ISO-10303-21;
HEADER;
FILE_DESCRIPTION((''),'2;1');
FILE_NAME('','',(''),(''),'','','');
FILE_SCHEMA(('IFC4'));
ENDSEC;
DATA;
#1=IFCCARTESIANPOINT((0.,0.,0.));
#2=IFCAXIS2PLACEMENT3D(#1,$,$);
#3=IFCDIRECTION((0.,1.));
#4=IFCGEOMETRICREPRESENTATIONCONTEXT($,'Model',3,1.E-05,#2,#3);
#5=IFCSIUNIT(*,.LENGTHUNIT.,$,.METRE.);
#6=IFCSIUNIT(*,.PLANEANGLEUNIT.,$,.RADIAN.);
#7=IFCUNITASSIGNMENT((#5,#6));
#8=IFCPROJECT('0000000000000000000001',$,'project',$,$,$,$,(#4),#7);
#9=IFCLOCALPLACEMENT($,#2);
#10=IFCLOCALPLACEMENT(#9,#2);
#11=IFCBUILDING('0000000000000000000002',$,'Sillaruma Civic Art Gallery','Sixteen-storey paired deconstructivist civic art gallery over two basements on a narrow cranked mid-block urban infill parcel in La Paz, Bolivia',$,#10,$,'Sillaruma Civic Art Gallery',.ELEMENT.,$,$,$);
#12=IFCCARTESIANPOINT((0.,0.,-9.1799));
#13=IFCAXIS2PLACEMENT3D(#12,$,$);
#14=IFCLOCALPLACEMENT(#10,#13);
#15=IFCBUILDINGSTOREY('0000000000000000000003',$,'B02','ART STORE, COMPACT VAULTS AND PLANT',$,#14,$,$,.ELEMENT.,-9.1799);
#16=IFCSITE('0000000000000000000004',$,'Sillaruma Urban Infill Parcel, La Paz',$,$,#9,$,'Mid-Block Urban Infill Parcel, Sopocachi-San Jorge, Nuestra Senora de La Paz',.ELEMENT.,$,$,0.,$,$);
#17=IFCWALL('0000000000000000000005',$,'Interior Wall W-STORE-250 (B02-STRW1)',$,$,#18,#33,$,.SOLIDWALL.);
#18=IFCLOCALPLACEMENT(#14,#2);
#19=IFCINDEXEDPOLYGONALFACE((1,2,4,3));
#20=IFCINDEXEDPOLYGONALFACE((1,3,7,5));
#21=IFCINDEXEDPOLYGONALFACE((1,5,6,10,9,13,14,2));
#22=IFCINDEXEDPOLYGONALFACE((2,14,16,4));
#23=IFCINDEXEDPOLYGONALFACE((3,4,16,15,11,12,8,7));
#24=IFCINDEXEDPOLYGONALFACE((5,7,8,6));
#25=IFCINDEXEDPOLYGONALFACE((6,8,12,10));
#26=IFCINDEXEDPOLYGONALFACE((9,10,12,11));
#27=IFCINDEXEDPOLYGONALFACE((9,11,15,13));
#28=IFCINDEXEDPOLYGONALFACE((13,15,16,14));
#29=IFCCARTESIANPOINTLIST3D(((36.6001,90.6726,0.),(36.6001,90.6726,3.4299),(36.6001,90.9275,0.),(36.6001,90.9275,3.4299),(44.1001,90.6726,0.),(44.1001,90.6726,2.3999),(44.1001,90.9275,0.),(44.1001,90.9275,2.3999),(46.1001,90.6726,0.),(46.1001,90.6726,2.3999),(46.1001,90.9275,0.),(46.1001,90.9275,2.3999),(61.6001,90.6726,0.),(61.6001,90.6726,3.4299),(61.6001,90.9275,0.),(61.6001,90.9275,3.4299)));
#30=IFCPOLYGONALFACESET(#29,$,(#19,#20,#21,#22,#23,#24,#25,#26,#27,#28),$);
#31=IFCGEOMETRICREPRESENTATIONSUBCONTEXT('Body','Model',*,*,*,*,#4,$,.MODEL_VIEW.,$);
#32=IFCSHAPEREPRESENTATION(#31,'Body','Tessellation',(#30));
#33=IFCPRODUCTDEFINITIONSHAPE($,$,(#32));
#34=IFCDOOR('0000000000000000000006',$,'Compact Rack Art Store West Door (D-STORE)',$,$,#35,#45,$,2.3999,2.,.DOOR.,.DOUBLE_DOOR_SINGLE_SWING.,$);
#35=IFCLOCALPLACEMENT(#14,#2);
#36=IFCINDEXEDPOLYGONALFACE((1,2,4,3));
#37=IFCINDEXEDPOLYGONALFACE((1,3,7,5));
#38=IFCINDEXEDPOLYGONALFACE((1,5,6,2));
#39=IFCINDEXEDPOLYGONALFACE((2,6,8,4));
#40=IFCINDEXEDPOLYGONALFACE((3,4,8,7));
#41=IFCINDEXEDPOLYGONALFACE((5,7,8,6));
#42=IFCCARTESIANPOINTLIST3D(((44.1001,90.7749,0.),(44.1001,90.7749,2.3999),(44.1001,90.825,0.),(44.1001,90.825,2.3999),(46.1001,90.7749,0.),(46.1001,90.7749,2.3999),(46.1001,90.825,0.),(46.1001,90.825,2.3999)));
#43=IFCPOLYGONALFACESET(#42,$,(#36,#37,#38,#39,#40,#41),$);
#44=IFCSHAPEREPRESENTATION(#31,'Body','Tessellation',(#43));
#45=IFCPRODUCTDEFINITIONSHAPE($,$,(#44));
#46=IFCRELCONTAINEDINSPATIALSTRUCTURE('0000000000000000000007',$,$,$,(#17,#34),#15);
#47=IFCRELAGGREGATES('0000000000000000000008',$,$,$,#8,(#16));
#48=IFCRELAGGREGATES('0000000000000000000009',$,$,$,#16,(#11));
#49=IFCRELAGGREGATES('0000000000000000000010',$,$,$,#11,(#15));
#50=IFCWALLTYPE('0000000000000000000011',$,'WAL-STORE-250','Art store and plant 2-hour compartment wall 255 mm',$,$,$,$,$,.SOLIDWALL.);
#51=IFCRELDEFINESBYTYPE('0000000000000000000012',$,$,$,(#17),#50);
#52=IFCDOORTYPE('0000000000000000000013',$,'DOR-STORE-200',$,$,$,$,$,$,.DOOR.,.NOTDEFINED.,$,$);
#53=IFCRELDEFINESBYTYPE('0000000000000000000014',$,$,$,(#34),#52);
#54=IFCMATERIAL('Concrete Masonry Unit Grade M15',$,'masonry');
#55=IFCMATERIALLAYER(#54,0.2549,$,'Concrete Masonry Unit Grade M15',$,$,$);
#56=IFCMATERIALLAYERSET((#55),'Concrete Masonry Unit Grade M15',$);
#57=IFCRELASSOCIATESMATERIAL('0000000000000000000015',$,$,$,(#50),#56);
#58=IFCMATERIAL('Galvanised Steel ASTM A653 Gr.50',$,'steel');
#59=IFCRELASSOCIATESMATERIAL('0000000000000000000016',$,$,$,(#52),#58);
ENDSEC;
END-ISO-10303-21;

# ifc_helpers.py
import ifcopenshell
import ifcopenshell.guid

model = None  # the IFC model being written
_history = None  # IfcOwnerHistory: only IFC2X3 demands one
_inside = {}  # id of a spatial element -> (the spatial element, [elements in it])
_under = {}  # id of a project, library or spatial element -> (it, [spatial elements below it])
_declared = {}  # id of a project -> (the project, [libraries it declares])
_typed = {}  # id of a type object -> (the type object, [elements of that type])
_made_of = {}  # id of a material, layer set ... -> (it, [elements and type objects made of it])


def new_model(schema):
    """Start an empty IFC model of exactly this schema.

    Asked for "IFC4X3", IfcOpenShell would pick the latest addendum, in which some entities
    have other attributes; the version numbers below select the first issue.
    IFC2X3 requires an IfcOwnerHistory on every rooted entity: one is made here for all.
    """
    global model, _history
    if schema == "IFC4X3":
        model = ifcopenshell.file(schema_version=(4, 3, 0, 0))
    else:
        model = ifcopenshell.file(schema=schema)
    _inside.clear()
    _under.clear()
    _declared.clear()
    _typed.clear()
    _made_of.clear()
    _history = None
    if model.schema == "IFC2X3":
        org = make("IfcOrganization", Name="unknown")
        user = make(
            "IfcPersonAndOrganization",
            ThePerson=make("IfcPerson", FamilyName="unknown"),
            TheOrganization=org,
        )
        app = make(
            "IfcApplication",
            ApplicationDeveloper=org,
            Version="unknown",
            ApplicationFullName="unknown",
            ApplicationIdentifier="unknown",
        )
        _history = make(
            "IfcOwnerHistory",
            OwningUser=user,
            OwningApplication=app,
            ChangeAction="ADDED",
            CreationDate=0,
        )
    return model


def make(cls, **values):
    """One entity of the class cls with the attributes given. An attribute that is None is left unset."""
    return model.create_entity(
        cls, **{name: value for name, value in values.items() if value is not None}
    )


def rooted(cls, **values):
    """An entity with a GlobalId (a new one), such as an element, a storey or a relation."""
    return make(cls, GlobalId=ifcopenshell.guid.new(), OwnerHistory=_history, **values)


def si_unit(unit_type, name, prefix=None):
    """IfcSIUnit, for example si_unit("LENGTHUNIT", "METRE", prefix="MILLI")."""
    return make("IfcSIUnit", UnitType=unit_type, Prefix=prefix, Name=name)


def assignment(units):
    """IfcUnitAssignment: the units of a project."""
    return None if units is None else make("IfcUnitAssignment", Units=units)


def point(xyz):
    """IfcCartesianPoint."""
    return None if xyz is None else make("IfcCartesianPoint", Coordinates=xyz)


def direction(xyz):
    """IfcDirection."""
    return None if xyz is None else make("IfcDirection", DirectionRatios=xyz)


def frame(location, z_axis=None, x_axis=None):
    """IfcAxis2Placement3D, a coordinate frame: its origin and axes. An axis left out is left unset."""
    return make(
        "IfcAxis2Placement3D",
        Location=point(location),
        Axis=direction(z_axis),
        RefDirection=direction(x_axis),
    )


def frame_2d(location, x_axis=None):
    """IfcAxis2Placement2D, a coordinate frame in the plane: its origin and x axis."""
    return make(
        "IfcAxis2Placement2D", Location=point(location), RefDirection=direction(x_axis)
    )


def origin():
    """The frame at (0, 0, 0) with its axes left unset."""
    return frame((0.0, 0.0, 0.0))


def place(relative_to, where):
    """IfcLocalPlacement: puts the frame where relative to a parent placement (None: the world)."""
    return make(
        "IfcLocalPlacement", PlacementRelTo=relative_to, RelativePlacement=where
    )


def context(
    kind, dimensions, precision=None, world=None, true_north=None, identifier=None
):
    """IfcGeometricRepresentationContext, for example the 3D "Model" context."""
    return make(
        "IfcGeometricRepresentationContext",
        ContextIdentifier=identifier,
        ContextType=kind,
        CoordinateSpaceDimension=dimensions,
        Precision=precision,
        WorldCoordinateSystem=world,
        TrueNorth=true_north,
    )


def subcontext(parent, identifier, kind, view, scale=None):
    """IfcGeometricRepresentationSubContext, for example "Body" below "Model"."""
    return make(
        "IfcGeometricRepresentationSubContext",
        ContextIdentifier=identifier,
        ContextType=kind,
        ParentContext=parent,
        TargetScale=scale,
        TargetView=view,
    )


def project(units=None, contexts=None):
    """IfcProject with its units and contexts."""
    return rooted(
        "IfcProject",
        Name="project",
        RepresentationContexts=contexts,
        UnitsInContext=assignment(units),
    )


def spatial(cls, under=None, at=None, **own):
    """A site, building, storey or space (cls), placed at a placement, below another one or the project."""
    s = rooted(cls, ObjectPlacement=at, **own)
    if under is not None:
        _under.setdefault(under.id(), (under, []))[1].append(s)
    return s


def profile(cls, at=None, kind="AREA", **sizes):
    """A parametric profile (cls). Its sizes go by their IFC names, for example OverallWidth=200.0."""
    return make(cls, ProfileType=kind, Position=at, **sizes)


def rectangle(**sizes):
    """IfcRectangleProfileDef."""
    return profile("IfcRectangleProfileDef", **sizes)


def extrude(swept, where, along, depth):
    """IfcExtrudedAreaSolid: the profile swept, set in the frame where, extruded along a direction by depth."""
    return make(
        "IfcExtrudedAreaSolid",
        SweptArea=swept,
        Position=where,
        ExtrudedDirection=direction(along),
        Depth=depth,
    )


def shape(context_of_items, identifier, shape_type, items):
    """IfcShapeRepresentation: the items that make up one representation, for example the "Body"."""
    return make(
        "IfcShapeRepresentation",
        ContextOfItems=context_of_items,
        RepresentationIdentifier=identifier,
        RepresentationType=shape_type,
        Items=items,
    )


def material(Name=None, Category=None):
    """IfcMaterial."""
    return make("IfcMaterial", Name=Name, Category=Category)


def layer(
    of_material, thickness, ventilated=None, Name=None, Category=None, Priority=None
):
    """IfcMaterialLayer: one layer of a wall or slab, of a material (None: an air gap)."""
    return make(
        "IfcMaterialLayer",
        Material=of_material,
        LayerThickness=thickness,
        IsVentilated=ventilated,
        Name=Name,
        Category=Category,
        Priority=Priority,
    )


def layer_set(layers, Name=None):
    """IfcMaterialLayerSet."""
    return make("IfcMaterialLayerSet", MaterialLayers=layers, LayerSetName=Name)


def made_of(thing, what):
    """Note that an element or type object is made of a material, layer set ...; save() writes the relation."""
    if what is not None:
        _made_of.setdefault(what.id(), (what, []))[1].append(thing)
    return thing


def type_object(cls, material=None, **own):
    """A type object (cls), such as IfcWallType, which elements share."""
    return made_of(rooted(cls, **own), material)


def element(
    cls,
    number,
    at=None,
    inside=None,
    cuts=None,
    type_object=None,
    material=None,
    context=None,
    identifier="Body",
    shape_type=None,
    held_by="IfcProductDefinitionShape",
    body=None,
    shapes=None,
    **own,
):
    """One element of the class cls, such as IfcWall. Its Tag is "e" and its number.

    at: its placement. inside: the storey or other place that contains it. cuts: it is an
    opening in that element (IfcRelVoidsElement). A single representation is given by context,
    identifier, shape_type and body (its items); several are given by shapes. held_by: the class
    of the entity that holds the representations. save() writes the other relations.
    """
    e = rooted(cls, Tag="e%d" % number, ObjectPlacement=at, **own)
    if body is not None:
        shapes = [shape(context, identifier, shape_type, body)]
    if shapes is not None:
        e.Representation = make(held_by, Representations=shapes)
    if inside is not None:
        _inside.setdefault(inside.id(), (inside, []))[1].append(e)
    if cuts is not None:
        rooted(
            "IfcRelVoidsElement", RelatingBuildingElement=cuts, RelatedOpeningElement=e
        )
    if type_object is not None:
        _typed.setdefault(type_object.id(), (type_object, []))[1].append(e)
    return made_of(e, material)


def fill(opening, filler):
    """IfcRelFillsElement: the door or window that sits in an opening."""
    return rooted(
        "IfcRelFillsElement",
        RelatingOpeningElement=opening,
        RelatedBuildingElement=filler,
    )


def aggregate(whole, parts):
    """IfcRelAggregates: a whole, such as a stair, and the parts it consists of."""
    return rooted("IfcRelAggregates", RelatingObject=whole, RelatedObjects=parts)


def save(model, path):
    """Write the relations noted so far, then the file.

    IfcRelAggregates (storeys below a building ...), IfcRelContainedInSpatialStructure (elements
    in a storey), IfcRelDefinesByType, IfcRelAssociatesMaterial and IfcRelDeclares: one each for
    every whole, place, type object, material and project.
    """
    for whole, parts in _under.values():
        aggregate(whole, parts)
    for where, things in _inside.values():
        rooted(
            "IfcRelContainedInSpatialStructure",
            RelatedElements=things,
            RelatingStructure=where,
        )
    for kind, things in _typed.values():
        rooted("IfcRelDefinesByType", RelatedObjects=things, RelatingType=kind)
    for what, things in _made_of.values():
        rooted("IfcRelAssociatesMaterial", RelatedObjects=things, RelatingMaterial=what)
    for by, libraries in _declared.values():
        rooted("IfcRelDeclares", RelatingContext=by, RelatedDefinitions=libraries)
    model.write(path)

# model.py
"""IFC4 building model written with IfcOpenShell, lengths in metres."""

from ifc_helpers import new_model, si_unit, direction, frame, frame_2d, origin, place, context, subcontext, project, spatial, rectangle, extrude, material, layer, layer_set, type_object, element, fill, save


model = new_model("IFC4")

# Units and contexts
model_context = context("Model", 3, precision=1e-05, world=origin(), true_north=direction((0.0, 1.0)))
body_context = subcontext(model_context, "Body", "Model", "MODEL_VIEW")
ifc_project = project(units=[si_unit("LENGTHUNIT", "METRE"), si_unit("PLANEANGLEUNIT", "RADIAN")], contexts=[model_context])

# Site, building, storey
site_placement = place(None, origin())
site = spatial("IfcSite", under=ifc_project, at=site_placement, Name="Sillaruma Urban Infill Parcel, La Paz", LongName="Mid-Block Urban Infill Parcel, Sopocachi-San Jorge, Nuestra Senora de La Paz", CompositionType="ELEMENT", RefElevation=0.0)
building_placement = place(site_placement, origin())
building = spatial("IfcBuilding", under=site, at=building_placement, Name="Sillaruma Civic Art Gallery", Description="Sixteen-storey paired deconstructivist civic art gallery over two basements on a narrow cranked mid-block urban infill parcel in La Paz, Bolivia", LongName="Sillaruma Civic Art Gallery", CompositionType="ELEMENT")
storey_placement = place(building_placement, frame((0.0, 0.0, -9.1799)))
storey = spatial("IfcBuildingStorey", under=building, at=storey_placement, Name="B02", Description="ART STORE, COMPACT VAULTS AND PLANT", CompositionType="ELEMENT", Elevation=-9.1799)

# Shared definitions
ifc_material_1 = material(Name="Galvanised Steel ASTM A653 Gr.50", Category="steel")

# Shared definitions
ifc_material_2 = material(Name="Concrete Masonry Unit Grade M15", Category="masonry")
ifc_layer_1 = layer(ifc_material_2, 0.2549, Name="Concrete Masonry Unit Grade M15")
ifc_layer_set_1 = layer_set([ifc_layer_1], Name="Concrete Masonry Unit Grade M15")
wall_type_1 = type_object("IfcWallType", Name="WAL-STORE-250", Description="Art store and plant 2-hour compartment wall 255 mm", PredefinedType="SOLIDWALL", material=ifc_layer_set_1)

# Wall, opening, door
wall_1_placement = place(storey_placement, frame((36.6001, 90.8, 0.0), z_axis=(0.0, 0.0, 1.0), x_axis=(1.0, 0.0, 0.0)))
wall_1 = element("IfcWall", 1, at=wall_1_placement, inside=storey, type_object=wall_type_1, Name="Interior Wall W-STORE-250 (B02-STRW1)", PredefinedType="SOLIDWALL", context=body_context, shape_type="SweptSolid", body=[
    extrude(rectangle(XDim=25.0, YDim=0.2549, at=frame_2d((12.5, 0.0))), origin(), (0.0, 0.0, 1.0), 3.4299),
])
opening_1_placement = place(wall_1_placement, frame((7.5, 0.0, 0.0)))
opening_1 = element("IfcOpeningElement", 2, at=opening_1_placement, cuts=wall_1, PredefinedType="OPENING", context=body_context, shape_type="SweptSolid", body=[
    extrude(rectangle(XDim=2.0, YDim=2.3999, at=frame_2d((1.0, 1.2))), frame((0.0, 0.1375, 0.0), z_axis=(0.0, -1.0, 0.0), x_axis=(1.0, 0.0, 0.0)), (0.0, 0.0, 1.0), 0.2749),
])
door_type_1 = type_object("IfcDoorType", Name="DOR-STORE-200", OperationType="NOTDEFINED", PredefinedType="DOOR", material=ifc_material_1)
door_1_placement = place(opening_1_placement, origin())
door_1 = element("IfcDoor", 3, at=door_1_placement, inside=storey, type_object=door_type_1, Name="Compact Rack Art Store West Door (D-STORE)", OperationType="DOUBLE_DOOR_SINGLE_SWING", OverallHeight=2.3999, OverallWidth=2.0, PredefinedType="DOOR", context=body_context, shape_type="SweptSolid", body=[
    extrude(rectangle(XDim=2.0, YDim=2.3999, at=frame_2d((1.0, 1.2))), frame((0.0, 0.0249, 0.0), z_axis=(0.0, -1.0, 0.0), x_axis=(1.0, 0.0, 0.0)), (0.0, 0.0, 1.0), 0.05),
])
fill(opening_1, door_1)

save(model, "model.ifc")
